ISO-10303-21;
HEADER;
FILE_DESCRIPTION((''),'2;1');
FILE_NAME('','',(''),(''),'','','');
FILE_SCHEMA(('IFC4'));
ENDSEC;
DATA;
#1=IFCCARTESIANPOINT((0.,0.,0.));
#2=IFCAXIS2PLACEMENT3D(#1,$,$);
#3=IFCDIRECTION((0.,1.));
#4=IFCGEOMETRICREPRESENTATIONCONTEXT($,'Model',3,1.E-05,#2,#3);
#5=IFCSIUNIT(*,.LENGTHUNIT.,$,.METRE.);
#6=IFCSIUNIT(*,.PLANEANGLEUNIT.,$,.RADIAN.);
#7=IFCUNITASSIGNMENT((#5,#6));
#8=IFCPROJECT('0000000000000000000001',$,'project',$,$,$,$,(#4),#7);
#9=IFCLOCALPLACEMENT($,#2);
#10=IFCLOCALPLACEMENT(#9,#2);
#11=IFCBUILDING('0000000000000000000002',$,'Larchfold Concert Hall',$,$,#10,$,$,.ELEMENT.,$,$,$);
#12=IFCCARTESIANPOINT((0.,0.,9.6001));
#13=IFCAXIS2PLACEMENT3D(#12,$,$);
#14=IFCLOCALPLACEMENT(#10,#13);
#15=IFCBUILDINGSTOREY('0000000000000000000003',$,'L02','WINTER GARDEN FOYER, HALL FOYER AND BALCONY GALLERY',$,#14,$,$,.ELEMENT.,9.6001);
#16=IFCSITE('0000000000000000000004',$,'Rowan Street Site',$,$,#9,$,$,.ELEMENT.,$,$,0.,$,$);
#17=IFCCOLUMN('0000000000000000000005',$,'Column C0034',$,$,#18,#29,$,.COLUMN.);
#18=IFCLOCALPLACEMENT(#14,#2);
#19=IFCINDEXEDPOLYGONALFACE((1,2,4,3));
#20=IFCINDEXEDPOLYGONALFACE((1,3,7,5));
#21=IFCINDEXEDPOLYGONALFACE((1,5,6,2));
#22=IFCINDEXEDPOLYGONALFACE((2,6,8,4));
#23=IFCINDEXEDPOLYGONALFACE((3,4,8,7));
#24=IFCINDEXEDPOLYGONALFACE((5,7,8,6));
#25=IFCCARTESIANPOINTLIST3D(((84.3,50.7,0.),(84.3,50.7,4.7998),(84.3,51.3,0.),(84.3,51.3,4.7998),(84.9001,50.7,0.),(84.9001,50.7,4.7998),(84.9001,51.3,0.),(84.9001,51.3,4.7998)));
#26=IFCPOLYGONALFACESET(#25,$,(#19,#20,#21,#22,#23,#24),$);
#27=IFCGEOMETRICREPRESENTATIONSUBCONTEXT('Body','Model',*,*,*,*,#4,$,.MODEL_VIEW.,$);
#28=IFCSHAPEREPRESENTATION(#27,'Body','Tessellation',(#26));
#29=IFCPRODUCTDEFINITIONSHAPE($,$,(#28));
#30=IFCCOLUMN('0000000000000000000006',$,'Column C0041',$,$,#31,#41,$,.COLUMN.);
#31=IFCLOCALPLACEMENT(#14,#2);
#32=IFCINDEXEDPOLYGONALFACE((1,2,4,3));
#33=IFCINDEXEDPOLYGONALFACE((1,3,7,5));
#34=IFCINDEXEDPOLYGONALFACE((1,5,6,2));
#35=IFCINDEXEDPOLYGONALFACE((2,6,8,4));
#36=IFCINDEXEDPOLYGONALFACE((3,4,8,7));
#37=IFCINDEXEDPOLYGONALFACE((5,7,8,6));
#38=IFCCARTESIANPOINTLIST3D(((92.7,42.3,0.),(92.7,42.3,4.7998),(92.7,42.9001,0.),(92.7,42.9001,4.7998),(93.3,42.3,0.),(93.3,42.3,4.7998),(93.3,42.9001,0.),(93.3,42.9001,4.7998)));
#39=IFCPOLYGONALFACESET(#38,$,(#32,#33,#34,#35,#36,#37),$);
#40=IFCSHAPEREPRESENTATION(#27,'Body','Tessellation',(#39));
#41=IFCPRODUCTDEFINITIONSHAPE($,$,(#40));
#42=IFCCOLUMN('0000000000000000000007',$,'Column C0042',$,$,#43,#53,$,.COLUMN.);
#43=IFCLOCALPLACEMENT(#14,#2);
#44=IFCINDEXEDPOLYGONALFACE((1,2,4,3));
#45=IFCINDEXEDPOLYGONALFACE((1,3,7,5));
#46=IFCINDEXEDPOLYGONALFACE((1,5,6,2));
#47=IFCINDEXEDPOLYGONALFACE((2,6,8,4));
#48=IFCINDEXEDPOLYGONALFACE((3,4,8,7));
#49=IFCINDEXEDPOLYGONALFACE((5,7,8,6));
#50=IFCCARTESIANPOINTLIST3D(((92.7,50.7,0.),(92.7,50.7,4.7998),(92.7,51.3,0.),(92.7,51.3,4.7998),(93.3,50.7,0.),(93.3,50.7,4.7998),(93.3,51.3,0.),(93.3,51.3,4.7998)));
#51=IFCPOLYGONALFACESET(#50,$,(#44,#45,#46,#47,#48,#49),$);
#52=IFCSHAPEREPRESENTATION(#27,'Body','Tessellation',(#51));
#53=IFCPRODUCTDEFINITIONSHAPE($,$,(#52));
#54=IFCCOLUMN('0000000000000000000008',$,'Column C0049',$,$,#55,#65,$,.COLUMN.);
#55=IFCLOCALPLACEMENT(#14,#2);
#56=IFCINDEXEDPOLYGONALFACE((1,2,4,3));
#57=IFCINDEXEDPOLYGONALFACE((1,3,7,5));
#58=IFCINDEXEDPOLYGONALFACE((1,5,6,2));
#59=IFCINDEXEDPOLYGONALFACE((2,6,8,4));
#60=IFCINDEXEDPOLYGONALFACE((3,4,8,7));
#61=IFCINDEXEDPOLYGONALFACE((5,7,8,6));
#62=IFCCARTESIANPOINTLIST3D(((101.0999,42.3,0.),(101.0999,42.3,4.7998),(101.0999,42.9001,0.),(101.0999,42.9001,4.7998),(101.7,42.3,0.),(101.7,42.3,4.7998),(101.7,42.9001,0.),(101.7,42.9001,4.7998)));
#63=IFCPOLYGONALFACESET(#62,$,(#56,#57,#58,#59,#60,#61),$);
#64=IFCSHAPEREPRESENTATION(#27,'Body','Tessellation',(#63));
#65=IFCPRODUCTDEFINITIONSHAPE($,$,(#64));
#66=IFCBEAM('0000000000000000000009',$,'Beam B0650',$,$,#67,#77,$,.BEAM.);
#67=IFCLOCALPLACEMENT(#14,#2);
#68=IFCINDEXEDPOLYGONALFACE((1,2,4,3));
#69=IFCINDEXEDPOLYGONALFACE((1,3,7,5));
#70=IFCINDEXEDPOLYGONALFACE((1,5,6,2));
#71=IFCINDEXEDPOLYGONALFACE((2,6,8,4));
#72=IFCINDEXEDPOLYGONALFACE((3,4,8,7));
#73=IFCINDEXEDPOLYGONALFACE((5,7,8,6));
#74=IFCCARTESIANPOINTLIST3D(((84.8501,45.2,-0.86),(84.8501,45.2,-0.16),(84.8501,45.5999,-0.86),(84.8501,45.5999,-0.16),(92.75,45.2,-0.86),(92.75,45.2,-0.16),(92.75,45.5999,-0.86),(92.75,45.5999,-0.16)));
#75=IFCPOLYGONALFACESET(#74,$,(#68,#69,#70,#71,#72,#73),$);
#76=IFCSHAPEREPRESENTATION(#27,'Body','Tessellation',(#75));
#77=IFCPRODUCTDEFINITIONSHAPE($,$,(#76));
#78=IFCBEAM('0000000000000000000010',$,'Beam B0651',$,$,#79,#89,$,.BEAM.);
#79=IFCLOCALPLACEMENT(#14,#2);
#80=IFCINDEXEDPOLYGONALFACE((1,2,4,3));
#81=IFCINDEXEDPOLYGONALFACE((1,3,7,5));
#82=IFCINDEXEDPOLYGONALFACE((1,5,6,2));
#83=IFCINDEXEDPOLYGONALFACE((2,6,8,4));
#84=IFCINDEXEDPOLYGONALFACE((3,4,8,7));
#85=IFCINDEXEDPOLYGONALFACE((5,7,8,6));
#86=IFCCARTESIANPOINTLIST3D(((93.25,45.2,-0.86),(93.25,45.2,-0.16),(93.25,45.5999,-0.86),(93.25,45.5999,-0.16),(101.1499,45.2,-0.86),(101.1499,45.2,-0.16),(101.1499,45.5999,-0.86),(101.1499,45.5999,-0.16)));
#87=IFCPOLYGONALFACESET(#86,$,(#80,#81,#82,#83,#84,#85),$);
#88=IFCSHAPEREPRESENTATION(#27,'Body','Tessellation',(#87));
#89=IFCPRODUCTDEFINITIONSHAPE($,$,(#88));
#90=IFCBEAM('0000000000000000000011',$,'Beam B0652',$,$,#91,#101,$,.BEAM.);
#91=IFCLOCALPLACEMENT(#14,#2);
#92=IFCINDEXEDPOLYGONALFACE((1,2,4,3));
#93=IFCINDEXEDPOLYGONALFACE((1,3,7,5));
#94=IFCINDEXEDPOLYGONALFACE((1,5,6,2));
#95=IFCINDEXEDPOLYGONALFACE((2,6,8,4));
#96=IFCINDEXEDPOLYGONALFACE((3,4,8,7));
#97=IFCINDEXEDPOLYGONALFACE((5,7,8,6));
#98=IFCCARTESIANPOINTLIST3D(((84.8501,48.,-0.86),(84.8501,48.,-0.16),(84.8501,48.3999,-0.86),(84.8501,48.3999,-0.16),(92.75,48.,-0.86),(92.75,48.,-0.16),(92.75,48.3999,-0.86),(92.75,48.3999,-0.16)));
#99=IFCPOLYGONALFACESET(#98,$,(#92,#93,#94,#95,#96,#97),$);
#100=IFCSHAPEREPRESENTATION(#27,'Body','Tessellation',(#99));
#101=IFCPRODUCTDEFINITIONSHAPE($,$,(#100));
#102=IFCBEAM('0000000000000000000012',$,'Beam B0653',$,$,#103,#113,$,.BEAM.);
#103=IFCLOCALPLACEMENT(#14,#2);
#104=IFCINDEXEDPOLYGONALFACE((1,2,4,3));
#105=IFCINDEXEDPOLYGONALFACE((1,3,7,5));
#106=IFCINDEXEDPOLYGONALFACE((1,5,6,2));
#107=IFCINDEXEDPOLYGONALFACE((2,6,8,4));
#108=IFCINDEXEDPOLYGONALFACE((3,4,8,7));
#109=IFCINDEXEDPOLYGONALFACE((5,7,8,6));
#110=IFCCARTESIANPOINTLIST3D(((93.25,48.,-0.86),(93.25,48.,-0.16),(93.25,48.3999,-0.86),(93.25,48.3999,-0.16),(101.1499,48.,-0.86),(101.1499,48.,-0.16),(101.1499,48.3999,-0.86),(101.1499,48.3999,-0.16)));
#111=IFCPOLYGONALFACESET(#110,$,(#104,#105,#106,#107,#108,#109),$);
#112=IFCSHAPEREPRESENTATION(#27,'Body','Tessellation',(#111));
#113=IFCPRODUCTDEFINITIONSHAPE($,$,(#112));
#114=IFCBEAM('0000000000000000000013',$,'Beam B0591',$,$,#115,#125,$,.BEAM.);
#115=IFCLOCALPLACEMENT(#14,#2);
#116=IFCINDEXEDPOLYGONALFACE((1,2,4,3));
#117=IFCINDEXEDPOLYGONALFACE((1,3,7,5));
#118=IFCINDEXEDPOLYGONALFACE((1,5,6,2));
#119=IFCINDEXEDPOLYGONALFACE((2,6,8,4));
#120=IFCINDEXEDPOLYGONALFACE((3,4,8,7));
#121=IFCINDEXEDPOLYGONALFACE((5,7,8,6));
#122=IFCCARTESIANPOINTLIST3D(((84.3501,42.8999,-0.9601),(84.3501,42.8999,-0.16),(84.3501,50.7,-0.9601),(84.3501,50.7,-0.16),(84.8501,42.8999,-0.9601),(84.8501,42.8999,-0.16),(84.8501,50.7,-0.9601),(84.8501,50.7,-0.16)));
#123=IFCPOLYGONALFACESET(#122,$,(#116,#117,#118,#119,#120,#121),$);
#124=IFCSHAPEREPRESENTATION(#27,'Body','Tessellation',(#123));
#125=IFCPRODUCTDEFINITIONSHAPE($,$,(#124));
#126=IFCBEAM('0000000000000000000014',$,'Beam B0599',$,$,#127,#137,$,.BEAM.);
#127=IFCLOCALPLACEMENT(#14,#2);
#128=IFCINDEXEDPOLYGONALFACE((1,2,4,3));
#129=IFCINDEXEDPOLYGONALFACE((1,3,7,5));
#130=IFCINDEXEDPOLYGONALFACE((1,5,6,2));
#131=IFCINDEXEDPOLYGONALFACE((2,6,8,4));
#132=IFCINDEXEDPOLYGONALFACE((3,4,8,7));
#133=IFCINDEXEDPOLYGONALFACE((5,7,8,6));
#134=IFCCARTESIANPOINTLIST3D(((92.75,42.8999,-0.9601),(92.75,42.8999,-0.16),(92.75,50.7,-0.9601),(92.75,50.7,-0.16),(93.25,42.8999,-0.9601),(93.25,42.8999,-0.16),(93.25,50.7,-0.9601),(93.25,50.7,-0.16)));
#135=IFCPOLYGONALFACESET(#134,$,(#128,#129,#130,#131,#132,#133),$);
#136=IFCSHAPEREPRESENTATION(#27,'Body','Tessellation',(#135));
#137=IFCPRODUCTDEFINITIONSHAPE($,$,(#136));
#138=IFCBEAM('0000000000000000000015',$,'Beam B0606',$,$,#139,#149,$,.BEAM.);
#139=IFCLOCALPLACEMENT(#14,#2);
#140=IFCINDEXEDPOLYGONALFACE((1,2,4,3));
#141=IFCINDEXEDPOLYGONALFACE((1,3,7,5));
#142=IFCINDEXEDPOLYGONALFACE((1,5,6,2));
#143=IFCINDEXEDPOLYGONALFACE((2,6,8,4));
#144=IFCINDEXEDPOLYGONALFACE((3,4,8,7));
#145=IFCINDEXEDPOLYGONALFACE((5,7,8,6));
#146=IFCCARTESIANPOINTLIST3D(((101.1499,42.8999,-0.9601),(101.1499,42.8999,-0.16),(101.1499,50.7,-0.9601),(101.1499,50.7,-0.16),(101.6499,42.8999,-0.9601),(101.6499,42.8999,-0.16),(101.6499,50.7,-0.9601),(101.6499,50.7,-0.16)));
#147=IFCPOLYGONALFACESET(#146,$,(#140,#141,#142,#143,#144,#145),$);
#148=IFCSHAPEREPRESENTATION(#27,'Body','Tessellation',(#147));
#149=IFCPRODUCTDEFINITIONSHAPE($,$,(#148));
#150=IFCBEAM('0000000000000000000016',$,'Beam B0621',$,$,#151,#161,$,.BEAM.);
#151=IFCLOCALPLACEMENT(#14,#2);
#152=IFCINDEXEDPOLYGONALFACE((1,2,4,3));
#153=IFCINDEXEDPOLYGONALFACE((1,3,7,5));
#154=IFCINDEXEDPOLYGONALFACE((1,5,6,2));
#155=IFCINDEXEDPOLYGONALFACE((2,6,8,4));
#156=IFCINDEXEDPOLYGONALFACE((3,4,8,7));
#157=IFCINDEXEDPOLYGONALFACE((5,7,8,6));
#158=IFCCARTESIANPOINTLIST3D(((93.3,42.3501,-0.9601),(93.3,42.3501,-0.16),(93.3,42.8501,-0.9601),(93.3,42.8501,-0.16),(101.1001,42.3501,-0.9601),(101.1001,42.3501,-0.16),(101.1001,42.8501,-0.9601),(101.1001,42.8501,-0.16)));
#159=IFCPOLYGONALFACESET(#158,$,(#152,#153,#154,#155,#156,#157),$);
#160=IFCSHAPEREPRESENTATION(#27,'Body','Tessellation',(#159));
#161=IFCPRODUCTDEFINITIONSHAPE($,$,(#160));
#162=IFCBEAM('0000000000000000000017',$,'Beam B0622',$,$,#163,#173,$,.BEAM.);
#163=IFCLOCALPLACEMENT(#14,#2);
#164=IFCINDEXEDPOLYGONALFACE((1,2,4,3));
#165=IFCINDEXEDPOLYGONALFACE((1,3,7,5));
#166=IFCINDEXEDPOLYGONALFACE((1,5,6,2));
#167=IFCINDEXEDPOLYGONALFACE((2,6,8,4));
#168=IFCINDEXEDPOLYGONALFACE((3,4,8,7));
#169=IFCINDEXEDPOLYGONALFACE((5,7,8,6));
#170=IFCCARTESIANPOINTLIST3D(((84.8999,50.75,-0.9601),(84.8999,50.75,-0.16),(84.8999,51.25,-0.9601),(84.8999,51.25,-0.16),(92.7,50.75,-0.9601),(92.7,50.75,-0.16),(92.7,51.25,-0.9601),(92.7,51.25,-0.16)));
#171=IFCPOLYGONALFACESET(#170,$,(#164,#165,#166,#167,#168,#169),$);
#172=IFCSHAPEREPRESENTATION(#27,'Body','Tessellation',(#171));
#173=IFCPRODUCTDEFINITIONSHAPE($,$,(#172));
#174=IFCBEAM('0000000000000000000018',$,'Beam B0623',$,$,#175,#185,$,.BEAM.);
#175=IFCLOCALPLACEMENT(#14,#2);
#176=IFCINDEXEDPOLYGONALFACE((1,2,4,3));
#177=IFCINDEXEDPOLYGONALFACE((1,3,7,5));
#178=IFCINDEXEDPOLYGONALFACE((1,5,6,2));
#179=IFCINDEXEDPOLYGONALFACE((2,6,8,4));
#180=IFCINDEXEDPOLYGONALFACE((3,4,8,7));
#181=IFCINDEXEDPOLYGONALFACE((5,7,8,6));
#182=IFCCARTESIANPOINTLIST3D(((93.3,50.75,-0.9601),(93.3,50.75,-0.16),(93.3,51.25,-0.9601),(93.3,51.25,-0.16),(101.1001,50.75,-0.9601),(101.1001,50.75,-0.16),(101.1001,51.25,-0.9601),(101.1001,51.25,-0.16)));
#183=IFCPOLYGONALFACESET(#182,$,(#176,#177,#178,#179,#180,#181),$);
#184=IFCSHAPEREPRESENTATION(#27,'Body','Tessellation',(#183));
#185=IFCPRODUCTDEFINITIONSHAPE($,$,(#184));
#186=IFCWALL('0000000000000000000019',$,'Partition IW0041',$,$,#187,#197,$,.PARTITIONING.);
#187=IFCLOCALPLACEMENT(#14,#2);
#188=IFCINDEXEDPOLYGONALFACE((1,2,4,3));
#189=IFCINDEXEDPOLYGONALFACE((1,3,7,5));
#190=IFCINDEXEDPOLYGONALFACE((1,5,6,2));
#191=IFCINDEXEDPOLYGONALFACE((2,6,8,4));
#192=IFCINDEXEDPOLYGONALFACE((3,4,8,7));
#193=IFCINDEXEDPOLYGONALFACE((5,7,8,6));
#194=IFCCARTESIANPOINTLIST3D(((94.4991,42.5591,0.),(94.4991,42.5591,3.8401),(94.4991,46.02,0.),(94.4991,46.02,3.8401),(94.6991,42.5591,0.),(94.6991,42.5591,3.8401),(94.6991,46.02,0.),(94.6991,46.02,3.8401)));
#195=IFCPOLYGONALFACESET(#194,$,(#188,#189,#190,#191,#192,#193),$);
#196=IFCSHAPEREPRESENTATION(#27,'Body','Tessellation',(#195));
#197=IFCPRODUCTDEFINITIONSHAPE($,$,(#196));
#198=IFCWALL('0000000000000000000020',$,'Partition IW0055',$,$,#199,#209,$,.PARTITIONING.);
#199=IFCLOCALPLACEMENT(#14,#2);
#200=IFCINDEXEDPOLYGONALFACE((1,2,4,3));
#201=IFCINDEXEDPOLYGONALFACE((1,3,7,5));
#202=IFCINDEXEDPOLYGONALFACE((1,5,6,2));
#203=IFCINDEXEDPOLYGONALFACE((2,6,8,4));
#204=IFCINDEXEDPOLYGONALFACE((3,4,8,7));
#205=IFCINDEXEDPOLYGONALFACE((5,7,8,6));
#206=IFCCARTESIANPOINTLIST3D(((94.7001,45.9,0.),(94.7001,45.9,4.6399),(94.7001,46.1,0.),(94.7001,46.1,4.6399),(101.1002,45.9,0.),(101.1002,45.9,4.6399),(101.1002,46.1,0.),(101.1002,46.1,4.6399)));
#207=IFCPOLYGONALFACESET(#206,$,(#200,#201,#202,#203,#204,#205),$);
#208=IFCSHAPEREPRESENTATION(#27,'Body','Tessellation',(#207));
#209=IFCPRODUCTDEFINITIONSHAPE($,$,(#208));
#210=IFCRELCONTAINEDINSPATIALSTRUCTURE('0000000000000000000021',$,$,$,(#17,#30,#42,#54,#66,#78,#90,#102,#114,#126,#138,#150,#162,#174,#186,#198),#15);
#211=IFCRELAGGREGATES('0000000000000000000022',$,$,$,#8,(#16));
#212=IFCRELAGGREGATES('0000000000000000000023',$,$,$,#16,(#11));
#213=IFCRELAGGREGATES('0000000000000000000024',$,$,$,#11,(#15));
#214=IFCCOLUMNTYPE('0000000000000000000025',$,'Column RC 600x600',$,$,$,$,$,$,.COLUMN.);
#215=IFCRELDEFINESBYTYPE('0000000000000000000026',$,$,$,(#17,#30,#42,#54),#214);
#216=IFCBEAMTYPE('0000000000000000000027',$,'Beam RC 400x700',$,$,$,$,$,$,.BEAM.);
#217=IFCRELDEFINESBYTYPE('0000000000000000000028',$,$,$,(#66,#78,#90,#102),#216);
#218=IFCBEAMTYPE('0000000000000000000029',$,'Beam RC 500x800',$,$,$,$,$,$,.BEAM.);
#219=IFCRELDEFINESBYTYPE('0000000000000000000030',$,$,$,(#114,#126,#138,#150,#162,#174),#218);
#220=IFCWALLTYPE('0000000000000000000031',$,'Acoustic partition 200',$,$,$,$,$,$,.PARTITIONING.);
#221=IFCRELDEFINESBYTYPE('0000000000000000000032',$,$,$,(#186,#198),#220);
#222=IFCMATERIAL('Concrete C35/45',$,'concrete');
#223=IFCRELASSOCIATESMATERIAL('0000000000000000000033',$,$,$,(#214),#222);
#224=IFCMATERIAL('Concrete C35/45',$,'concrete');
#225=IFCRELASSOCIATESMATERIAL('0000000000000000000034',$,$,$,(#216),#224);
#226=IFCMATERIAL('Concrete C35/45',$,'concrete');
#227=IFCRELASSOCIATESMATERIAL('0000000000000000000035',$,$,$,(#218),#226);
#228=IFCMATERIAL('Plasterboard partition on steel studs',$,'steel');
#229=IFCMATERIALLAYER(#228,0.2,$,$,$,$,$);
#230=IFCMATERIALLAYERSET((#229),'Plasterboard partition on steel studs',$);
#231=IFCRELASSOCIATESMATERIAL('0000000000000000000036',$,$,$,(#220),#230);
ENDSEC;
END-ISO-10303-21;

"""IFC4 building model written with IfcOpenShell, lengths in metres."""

from ifc_helpers import new_model, si_unit, direction, frame, frame_2d, origin, origin_2d, place, context, subcontext, project, spatial, rectangle, extrude, material, layer, layer_set, material_profile, profile_set, type_object, element, save


model = new_model("IFC4")

# Units and contexts
model_context = context("Model", 3, precision=1e-05, world=origin(), true_north=direction((0.0, 1.0)))
body_context = subcontext(model_context, "Body", "Model", "MODEL_VIEW")
ifc_project = project(units=[si_unit("LENGTHUNIT", "METRE"), si_unit("PLANEANGLEUNIT", "RADIAN")], contexts=[model_context])

# Site, building, storey
site_placement = place(None, origin())
site = spatial("IfcSite", under=ifc_project, at=site_placement, Name="Rowan Street Site", CompositionType="ELEMENT", RefElevation=0.0)
building_placement = place(site_placement, origin())
building = spatial("IfcBuilding", under=site, at=building_placement, Name="Larchfold Concert Hall", CompositionType="ELEMENT")
storey_placement = place(building_placement, frame((0.0, 0.0, 9.6001)))
storey = spatial("IfcBuildingStorey", under=building, at=storey_placement, Name="L02", Description="WINTER GARDEN FOYER, HALL FOYER AND BALCONY GALLERY", CompositionType="ELEMENT", Elevation=9.6001)

# Columns
ifc_material_1 = material(Name="Concrete C35/45", Category="concrete")
ifc_material_profile_1 = material_profile(ifc_material_1, rectangle(XDim=0.6001, YDim=0.6001, at=origin_2d()))
ifc_profile_set_1 = profile_set([ifc_material_profile_1], Name="Concrete C35/45")
column_type = type_object("IfcColumnType", Name="Column RC 600x600", PredefinedType="COLUMN", material=ifc_profile_set_1)
for number, where, z_axis, x_axis, name in (
    (1, (84.6001, 51.0, 0.0), (0.0, 0.0, 1.0), (1.0, 0.0, 0.0), "Column C0034"),
    (2, (93.0, 42.6001, 0.0), (0.0, 0.0, 1.0), (1.0, 0.0, 0.0), "Column C0041"),
    (3, (93.0, 51.0, 0.0), (0.0, 0.0, 1.0), (1.0, 0.0, 0.0), "Column C0042"),
    (4, (101.3999, 42.6001, 0.0), (0.0, 0.0, 1.0), (1.0, 0.0, 0.0), "Column C0049"),
):
    element("IfcColumn", number, at=place(storey_placement, frame(where, z_axis=z_axis, x_axis=x_axis)), inside=storey, type_object=column_type, Name=name, PredefinedType="COLUMN", context=body_context, shape_type="SweptSolid", body=[
        extrude(rectangle(XDim=0.6001, YDim=0.6001, at=origin_2d()), origin(), (0.0, 0.0, 1.0), 4.7998),
    ])

# Beams
ifc_material_2 = material(Name="Concrete C35/45", Category="concrete")
ifc_material_profile_2 = material_profile(ifc_material_2, rectangle(XDim=0.3999, YDim=0.7, at=origin_2d()))
ifc_profile_set_2 = profile_set([ifc_material_profile_2], Name="Concrete C35/45")
beam_type_1 = type_object("IfcBeamType", Name="Beam RC 400x700", PredefinedType="BEAM", material=ifc_profile_set_2)
for number, where, z_axis, x_axis, name in (
    (5, (84.8501, 45.3999, -0.51), (1.0, 0.0, 0.0), (0.0, 1.0, 0.0), "Beam B0650"),
    (6, (93.25, 45.3999, -0.51), (1.0, 0.0, 0.0), (0.0, 1.0, 0.0), "Beam B0651"),
    (7, (84.8501, 48.2, -0.51), (1.0, 0.0, 0.0), (0.0, 1.0, 0.0), "Beam B0652"),
    (8, (93.25, 48.2, -0.51), (1.0, 0.0, 0.0), (0.0, 1.0, 0.0), "Beam B0653"),
):
    element("IfcBeam", number, at=place(storey_placement, frame(where, z_axis=z_axis, x_axis=x_axis)), inside=storey, type_object=beam_type_1, Name=name, PredefinedType="BEAM", context=body_context, shape_type="SweptSolid", body=[
        extrude(rectangle(XDim=0.3999, YDim=0.7, at=origin_2d()), origin(), (0.0, 0.0, 1.0), 7.8999),
    ])
ifc_material_3 = material(Name="Concrete C35/45", Category="concrete")
ifc_material_profile_3 = material_profile(ifc_material_3, rectangle(XDim=0.5, YDim=0.8, at=origin_2d()))
ifc_profile_set_3 = profile_set([ifc_material_profile_3], Name="Concrete C35/45")
beam_type_2 = type_object("IfcBeamType", Name="Beam RC 500x800", PredefinedType="BEAM", material=ifc_profile_set_3)
for number, where, z_axis, x_axis, name in (
    (9, (84.6001, 42.8999, -0.5601), (0.0, 1.0, 0.0), (-1.0, 0.0, 0.0), "Beam B0591"),
    (10, (93.0, 42.8999, -0.5601), (0.0, 1.0, 0.0), (-1.0, 0.0, 0.0), "Beam B0599"),
    (11, (101.3999, 42.8999, -0.5601), (0.0, 1.0, 0.0), (-1.0, 0.0, 0.0), "Beam B0606"),
    (12, (93.3, 42.6001, -0.5601), (1.0, 0.0, 0.0), (0.0, 1.0, 0.0), "Beam B0621"),
    (13, (84.8999, 51.0, -0.5601), (1.0, 0.0, 0.0), (0.0, 1.0, 0.0), "Beam B0622"),
    (14, (93.3, 51.0, -0.5601), (1.0, 0.0, 0.0), (0.0, 1.0, 0.0), "Beam B0623"),
):
    element("IfcBeam", number, at=place(storey_placement, frame(where, z_axis=z_axis, x_axis=x_axis)), inside=storey, type_object=beam_type_2, Name=name, PredefinedType="BEAM", context=body_context, shape_type="SweptSolid", body=[
        extrude(rectangle(XDim=0.5, YDim=0.8, at=origin_2d()), origin(), (0.0, 0.0, 1.0), 7.8),
    ])

# Walls
ifc_material_4 = material(Name="Plasterboard partition on steel studs", Category="steel")
ifc_layer_1 = layer(ifc_material_4, 0.2)
ifc_layer_set_1 = layer_set([ifc_layer_1], Name="Plasterboard partition on steel studs")
wall_type_1 = type_object("IfcWallType", Name="Acoustic partition 200", PredefinedType="PARTITIONING", material=ifc_layer_set_1)
wall_1_placement = place(storey_placement, frame((94.5991, 46.02, 0.0), z_axis=(0.0, 0.0, 1.0), x_axis=(0.0, -1.0, 0.0)))
element("IfcWall", 15, at=wall_1_placement, inside=storey, type_object=wall_type_1, Name="Partition IW0041", PredefinedType="PARTITIONING", context=body_context, shape_type="SweptSolid", body=[
    extrude(rectangle(XDim=3.4609, YDim=0.2, at=frame_2d((1.7305, 0.0))), origin(), (0.0, 0.0, 1.0), 3.8401),
])
wall_2_placement = place(storey_placement, frame((94.7, 46.0, 0.0), z_axis=(0.0, 0.0, 1.0), x_axis=(1.0, 0.0, 0.0)))
element("IfcWall", 16, at=wall_2_placement, inside=storey, type_object=wall_type_1, Name="Partition IW0055", PredefinedType="PARTITIONING", context=body_context, shape_type="SweptSolid", body=[
    extrude(rectangle(XDim=6.4001, YDim=0.2, at=frame_2d((3.2002, 0.0))), origin(), (0.0, 0.0, 1.0), 4.6399),
])

save(model, "model.ifc")
